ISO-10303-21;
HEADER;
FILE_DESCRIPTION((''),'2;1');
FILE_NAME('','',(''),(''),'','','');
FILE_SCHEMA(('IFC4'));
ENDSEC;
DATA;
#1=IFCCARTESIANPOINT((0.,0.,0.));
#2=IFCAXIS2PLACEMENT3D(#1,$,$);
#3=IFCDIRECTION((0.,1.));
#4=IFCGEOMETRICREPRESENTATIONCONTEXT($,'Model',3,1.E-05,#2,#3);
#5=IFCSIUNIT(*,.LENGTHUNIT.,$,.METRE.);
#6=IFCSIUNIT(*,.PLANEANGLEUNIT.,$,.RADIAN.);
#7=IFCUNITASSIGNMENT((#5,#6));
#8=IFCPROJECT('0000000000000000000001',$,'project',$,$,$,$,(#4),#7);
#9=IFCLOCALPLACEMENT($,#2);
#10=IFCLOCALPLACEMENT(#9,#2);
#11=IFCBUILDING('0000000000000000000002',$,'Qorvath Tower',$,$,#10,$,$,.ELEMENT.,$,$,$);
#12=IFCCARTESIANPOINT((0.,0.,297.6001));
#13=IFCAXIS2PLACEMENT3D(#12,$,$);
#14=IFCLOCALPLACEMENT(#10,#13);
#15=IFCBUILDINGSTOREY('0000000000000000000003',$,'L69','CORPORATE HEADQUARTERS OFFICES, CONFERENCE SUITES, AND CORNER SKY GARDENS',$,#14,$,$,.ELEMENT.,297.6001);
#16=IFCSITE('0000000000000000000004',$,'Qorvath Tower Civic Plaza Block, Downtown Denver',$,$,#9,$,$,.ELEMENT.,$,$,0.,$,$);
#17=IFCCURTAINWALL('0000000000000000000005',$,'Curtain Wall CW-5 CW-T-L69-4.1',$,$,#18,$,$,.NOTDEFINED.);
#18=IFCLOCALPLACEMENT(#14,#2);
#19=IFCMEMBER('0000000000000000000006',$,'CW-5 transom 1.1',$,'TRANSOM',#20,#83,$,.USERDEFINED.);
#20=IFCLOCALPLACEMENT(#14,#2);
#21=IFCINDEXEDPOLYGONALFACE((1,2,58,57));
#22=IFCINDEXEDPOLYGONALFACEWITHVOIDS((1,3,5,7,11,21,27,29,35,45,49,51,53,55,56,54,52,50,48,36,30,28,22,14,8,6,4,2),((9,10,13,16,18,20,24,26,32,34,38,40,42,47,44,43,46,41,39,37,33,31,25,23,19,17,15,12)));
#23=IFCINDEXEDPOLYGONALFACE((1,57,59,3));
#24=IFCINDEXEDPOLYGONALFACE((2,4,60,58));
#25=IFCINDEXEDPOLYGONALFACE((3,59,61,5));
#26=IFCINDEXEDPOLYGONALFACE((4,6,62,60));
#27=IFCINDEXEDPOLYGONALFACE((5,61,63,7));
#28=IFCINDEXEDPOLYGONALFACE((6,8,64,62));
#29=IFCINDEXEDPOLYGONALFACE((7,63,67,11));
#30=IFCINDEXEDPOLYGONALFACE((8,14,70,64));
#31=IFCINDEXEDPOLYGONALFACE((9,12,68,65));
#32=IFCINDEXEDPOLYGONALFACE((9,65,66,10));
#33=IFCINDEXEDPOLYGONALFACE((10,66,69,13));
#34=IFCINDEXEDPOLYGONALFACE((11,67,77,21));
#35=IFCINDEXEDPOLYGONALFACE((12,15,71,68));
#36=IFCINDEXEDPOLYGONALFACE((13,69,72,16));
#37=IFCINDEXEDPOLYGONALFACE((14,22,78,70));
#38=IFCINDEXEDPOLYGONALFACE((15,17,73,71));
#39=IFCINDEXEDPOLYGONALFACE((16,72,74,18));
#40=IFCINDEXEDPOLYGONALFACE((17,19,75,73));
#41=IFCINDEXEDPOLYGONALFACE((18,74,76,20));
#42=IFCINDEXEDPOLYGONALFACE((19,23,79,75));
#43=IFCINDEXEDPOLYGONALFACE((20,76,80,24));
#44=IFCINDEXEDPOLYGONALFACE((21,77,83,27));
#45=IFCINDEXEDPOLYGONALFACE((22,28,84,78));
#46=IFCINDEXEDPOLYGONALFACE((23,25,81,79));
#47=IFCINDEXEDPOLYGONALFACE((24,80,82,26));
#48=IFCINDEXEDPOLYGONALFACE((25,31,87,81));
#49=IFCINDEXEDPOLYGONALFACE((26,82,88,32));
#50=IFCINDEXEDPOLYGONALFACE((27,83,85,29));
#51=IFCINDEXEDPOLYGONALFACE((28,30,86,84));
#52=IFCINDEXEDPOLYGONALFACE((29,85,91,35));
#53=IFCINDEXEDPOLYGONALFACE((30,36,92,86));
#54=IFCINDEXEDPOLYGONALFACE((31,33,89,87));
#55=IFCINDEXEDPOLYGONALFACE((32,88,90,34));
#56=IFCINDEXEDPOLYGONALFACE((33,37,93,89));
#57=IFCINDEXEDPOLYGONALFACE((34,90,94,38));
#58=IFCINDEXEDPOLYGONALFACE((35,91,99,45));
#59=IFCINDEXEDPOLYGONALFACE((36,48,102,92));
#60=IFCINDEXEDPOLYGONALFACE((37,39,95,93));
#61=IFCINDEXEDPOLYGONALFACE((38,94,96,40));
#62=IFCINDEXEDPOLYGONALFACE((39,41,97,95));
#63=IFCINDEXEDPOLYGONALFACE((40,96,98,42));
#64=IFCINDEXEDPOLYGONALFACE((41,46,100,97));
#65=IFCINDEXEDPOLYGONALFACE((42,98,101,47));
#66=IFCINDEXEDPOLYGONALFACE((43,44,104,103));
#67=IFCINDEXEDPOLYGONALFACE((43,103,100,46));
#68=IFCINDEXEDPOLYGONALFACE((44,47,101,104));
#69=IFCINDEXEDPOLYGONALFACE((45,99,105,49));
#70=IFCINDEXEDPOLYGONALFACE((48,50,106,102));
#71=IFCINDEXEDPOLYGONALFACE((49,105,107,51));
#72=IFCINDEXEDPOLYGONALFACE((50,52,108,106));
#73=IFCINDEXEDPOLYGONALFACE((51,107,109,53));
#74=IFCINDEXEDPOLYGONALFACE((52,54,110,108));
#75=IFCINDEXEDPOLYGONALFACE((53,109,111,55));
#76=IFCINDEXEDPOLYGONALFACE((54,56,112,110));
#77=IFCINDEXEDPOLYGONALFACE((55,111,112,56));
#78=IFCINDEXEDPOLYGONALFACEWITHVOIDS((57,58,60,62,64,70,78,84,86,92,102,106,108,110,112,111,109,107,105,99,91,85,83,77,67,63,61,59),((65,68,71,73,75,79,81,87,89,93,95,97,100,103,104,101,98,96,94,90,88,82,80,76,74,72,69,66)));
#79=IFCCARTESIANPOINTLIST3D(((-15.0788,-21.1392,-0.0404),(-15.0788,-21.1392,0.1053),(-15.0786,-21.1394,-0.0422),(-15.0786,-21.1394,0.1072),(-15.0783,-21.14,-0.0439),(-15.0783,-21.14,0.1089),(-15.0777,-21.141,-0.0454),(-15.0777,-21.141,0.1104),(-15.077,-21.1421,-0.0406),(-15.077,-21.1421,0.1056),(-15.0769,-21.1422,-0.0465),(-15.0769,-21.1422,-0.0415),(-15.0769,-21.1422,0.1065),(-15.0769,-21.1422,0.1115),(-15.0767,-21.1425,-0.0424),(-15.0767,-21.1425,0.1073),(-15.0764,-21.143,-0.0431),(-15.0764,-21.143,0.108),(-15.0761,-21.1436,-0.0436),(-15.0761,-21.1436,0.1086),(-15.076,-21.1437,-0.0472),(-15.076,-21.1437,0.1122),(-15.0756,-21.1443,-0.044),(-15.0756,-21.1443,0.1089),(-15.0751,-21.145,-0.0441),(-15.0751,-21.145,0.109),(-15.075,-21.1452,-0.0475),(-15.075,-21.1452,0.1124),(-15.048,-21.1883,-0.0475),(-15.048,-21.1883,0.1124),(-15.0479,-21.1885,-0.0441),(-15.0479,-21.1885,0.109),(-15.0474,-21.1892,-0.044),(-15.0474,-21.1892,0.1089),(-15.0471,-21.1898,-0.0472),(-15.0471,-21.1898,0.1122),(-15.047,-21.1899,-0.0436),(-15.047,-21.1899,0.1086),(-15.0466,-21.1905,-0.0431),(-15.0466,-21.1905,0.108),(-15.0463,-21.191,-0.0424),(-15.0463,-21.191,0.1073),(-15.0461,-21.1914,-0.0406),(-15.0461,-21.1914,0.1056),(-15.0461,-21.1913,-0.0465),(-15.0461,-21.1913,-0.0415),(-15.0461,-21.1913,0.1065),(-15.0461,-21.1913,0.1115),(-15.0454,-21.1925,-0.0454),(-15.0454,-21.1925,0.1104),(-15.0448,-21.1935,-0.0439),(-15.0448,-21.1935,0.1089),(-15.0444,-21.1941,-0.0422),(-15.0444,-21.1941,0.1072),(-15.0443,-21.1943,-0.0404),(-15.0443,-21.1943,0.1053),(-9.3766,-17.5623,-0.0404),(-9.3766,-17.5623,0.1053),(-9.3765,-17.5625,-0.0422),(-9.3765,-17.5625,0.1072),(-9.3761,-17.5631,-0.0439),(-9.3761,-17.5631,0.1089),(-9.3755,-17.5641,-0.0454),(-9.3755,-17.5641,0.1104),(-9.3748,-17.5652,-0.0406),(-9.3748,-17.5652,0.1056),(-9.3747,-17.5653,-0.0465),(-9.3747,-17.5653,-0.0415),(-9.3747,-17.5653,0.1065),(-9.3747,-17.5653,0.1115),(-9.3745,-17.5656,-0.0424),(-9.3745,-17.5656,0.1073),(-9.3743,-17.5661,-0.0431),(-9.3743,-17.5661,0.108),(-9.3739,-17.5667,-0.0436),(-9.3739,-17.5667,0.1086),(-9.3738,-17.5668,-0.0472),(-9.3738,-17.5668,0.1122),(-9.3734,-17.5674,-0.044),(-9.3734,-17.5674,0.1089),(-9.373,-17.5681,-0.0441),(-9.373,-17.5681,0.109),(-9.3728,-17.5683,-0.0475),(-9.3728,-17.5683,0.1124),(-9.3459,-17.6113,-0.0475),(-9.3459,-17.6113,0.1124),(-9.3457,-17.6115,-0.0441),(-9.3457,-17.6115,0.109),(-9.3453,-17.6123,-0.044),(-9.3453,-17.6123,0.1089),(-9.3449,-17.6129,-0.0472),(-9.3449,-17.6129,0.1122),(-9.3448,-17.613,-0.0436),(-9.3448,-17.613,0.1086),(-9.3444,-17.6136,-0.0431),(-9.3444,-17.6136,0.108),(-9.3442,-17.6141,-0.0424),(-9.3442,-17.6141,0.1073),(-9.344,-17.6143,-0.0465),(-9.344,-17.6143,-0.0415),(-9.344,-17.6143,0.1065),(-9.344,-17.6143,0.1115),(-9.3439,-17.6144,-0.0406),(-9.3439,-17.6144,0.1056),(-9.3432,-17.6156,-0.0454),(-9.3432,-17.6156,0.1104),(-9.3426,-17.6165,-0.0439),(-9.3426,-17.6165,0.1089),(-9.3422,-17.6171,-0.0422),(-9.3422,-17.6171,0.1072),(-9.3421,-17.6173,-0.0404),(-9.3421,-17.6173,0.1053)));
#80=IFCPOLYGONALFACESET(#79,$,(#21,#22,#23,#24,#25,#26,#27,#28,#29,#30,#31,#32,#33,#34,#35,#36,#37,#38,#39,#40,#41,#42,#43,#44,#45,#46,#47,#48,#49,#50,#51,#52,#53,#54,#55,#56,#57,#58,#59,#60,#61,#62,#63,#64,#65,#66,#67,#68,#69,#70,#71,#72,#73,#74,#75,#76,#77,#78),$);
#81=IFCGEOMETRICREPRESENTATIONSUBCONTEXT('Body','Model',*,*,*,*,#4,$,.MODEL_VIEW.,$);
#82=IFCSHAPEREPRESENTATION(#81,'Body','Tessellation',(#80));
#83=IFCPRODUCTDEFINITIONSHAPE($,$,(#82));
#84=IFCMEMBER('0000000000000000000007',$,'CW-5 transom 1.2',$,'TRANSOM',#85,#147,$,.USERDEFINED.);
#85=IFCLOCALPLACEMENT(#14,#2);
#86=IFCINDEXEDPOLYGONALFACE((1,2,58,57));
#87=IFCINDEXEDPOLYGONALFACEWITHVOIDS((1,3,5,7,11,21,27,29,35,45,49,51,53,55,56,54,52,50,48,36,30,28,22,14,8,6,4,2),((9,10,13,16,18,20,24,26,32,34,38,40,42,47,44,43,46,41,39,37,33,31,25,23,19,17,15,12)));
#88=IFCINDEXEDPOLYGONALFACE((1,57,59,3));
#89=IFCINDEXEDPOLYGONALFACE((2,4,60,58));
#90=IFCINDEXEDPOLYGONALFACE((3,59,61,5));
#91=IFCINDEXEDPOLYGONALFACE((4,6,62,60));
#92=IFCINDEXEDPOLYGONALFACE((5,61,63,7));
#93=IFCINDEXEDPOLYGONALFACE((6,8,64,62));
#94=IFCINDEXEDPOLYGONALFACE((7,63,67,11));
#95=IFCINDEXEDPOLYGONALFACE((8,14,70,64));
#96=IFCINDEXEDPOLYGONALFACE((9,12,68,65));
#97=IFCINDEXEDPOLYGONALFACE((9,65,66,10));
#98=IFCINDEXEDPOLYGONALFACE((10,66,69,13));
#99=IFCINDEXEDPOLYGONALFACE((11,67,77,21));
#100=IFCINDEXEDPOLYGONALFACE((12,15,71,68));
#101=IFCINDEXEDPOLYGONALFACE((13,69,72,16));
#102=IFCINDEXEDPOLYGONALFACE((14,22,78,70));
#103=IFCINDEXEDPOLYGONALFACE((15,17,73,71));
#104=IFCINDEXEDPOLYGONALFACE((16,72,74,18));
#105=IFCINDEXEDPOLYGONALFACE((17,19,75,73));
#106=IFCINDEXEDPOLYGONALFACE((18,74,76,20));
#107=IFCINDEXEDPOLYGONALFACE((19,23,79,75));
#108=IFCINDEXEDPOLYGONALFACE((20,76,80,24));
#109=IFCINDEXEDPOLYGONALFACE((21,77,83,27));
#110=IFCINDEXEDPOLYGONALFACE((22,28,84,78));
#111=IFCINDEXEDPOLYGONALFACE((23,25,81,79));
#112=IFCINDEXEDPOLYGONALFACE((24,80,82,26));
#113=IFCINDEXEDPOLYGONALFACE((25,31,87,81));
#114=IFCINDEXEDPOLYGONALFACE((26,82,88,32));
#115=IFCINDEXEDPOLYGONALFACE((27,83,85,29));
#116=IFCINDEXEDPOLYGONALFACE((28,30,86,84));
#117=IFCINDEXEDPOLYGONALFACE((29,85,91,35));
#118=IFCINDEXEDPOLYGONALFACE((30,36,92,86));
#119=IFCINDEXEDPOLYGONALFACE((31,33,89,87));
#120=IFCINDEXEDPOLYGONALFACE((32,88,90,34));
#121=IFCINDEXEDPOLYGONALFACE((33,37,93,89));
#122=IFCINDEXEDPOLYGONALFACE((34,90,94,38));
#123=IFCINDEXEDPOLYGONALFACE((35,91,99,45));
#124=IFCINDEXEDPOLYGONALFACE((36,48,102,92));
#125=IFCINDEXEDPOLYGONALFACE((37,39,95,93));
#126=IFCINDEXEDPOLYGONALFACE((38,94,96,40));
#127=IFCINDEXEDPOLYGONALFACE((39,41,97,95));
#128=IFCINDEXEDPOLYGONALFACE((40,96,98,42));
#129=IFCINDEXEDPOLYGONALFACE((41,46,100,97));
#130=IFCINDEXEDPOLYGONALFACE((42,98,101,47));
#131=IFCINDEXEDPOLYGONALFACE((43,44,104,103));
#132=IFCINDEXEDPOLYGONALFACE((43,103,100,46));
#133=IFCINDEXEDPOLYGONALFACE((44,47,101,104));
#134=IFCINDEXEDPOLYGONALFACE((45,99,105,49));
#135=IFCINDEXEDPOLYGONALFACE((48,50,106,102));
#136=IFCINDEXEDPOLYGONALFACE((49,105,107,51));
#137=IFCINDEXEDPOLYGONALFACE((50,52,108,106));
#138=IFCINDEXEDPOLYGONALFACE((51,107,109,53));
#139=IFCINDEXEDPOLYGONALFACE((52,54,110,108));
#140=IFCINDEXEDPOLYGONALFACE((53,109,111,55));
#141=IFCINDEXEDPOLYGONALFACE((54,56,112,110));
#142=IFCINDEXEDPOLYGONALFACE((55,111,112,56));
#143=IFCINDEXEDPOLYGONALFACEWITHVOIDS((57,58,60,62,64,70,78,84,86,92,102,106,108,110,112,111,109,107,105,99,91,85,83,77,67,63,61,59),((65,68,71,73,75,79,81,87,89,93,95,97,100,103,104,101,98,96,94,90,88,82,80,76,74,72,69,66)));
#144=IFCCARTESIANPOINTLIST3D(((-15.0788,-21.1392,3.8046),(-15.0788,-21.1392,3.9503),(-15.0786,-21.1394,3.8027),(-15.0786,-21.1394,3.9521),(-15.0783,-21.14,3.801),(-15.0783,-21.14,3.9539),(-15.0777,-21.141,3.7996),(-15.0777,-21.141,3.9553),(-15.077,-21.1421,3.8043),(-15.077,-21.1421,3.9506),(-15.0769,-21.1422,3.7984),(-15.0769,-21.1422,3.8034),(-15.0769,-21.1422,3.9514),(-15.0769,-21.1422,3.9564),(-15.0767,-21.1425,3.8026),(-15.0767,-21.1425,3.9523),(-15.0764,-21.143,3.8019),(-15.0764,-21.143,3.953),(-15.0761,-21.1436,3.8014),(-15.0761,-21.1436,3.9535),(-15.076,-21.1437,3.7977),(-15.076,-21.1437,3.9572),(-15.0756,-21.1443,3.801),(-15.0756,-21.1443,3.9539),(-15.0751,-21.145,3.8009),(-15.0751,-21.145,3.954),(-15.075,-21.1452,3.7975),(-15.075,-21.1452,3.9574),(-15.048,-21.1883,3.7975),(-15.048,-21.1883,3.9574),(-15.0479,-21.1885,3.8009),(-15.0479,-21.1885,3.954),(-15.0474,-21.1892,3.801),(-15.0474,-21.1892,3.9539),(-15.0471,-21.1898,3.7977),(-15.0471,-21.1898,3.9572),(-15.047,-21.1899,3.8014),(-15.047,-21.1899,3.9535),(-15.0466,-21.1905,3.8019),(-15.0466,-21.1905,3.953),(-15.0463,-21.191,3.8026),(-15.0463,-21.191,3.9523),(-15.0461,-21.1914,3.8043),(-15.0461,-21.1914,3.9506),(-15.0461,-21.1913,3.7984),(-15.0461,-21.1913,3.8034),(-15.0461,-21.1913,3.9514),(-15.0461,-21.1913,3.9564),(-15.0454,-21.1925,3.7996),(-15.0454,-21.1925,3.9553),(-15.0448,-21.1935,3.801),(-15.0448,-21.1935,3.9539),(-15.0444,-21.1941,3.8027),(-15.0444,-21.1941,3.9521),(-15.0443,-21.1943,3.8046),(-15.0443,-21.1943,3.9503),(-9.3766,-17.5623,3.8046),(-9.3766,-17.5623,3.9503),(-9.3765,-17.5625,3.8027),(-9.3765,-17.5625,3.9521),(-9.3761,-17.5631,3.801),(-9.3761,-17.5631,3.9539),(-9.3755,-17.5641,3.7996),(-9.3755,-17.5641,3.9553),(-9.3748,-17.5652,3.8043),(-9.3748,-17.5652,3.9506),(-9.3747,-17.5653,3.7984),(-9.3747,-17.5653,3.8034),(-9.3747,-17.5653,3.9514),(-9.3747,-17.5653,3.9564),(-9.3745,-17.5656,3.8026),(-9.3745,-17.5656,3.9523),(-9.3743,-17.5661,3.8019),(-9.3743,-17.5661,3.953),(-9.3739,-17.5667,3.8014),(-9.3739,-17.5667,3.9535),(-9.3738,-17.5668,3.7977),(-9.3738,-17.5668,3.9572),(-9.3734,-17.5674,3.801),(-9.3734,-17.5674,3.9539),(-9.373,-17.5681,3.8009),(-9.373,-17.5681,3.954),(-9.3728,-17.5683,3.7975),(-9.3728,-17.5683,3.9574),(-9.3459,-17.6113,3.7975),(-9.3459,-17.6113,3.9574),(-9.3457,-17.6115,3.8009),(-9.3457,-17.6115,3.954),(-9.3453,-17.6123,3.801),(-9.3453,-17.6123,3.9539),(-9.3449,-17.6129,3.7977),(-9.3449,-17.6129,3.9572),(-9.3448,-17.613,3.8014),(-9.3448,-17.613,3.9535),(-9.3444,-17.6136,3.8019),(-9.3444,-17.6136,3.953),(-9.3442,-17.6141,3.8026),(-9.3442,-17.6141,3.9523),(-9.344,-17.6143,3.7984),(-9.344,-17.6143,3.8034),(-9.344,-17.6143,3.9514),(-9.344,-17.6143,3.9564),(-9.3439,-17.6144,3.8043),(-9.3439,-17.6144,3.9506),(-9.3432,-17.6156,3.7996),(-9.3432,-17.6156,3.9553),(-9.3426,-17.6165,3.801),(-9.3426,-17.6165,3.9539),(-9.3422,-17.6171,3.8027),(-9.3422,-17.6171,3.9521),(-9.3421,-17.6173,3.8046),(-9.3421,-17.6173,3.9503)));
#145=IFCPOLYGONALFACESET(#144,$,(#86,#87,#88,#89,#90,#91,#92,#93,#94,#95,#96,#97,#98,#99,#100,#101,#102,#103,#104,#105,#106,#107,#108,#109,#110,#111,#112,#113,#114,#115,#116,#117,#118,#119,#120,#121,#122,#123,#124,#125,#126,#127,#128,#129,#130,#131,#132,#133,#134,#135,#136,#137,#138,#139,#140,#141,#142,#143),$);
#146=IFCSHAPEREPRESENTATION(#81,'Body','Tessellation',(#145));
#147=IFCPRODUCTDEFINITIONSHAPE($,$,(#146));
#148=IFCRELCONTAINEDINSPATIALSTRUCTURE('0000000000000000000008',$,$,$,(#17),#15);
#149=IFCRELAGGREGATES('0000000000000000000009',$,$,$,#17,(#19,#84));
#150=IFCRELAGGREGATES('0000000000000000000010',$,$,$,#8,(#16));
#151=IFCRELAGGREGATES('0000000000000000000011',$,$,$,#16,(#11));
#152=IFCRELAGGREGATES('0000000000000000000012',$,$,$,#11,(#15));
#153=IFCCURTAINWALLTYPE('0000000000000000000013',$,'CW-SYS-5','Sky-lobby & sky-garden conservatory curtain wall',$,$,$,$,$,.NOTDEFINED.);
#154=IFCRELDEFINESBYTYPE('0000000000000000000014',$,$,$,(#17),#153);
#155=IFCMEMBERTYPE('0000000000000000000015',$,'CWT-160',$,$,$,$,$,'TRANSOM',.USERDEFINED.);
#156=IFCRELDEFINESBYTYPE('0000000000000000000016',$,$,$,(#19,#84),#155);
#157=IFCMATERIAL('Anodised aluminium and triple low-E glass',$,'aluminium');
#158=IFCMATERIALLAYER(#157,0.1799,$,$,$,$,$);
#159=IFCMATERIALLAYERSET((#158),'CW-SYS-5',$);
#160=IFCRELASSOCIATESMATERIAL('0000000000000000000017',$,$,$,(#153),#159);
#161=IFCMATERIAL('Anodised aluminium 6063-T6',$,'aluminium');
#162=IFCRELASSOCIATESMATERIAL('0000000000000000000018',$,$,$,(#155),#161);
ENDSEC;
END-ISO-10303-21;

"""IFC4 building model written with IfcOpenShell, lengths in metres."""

from ifc_helpers import new_model, si_unit, direction, frame, origin, origin_2d, place, context, subcontext, project, spatial, hollow_rectangle, extrude, material, layer, layer_set, material_profile, profile_set, type_object, element, aggregate, save


model = new_model("IFC4")

# Units and contexts
model_context = context("Model", 3, precision=1e-05, world=origin(), true_north=direction((0.0, 1.0)))
body_context = subcontext(model_context, "Body", "Model", "MODEL_VIEW")
ifc_project = project(units=[si_unit("LENGTHUNIT", "METRE"), si_unit("PLANEANGLEUNIT", "RADIAN")], contexts=[model_context])

# Site, building, storey
site_placement = place(None, origin())
site = spatial("IfcSite", under=ifc_project, at=site_placement, Name="Qorvath Tower Civic Plaza Block, Downtown Denver", CompositionType="ELEMENT", RefElevation=0.0)
building_placement = place(site_placement, origin())
building = spatial("IfcBuilding", under=site, at=building_placement, Name="Qorvath Tower", CompositionType="ELEMENT")
storey_placement = place(building_placement, frame((0.0, 0.0, 297.6001)))
storey = spatial("IfcBuildingStorey", under=building, at=storey_placement, Name="L69", Description="CORPORATE HEADQUARTERS OFFICES, CONFERENCE SUITES, AND CORNER SKY GARDENS", CompositionType="ELEMENT", Elevation=297.6001)

# Shared definitions
ifc_material_1 = material(Name="Anodised aluminium and triple low-E glass", Category="aluminium")
ifc_layer_1 = layer(ifc_material_1, 0.1799)
ifc_layer_set_1 = layer_set([ifc_layer_1], Name="CW-SYS-5")
curtain_wall_type = type_object("IfcCurtainWallType", Name="CW-SYS-5", Description="Sky-lobby & sky-garden conservatory curtain wall", PredefinedType="NOTDEFINED", material=ifc_layer_set_1)

# Curtain wall
curtain_wall_1_placement = place(storey_placement, origin())
curtain_wall_1 = element("IfcCurtainWall", 1, at=curtain_wall_1_placement, inside=storey, type_object=curtain_wall_type, Name="Curtain Wall CW-5 CW-T-L69-4.1", PredefinedType="NOTDEFINED")

# Members
ifc_material_2 = material(Name="Anodised aluminium 6063-T6", Category="aluminium")
ifc_material_profile_1 = material_profile(ifc_material_2, hollow_rectangle(XDim=0.0649, YDim=0.1599, WallThickness=0.0034, InnerFilletRadius=0.0034, OuterFilletRadius=0.0071, at=origin_2d()), Name="CWT 160x65")
ifc_profile_set_1 = profile_set([ifc_material_profile_1], Name="Anodised aluminium 6063-T6")
member_type_1 = type_object("IfcMemberType", Name="CWT-160", ElementType="TRANSOM", PredefinedType="USERDEFINED", material=ifc_profile_set_1)
member_1_placement = place(storey_placement, frame((-15.0615, -21.1667, 0.0325), z_axis=(0.847125, 0.531394, 0.0), x_axis=(-0.531394, 0.847125, 0.0)))
member_1 = element("IfcMember", 2, at=member_1_placement, type_object=member_type_1, Name="CW-5 transom 1.1", ObjectType="TRANSOM", PredefinedType="USERDEFINED", context=body_context, shape_type="SweptSolid", body=[
    extrude(hollow_rectangle(XDim=0.0649, YDim=0.1599, WallThickness=0.0034, InnerFilletRadius=0.0034, OuterFilletRadius=0.0071, at=origin_2d()), origin(), (0.0, 0.0, 1.0), 6.7312),
])
member_2_placement = place(storey_placement, frame((-15.0615, -21.1667, 3.8774), z_axis=(0.847125, 0.531394, 0.0), x_axis=(-0.531394, 0.847125, 0.0)))
member_2 = element("IfcMember", 3, at=member_2_placement, type_object=member_type_1, Name="CW-5 transom 1.2", ObjectType="TRANSOM", PredefinedType="USERDEFINED", context=body_context, shape_type="SweptSolid", body=[
    extrude(hollow_rectangle(XDim=0.0649, YDim=0.1599, WallThickness=0.0034, InnerFilletRadius=0.0034, OuterFilletRadius=0.0071, at=origin_2d()), origin(), (0.0, 0.0, 1.0), 6.7312),
])

aggregate(curtain_wall_1, [member_1, member_2])

save(model, "model.ifc")
